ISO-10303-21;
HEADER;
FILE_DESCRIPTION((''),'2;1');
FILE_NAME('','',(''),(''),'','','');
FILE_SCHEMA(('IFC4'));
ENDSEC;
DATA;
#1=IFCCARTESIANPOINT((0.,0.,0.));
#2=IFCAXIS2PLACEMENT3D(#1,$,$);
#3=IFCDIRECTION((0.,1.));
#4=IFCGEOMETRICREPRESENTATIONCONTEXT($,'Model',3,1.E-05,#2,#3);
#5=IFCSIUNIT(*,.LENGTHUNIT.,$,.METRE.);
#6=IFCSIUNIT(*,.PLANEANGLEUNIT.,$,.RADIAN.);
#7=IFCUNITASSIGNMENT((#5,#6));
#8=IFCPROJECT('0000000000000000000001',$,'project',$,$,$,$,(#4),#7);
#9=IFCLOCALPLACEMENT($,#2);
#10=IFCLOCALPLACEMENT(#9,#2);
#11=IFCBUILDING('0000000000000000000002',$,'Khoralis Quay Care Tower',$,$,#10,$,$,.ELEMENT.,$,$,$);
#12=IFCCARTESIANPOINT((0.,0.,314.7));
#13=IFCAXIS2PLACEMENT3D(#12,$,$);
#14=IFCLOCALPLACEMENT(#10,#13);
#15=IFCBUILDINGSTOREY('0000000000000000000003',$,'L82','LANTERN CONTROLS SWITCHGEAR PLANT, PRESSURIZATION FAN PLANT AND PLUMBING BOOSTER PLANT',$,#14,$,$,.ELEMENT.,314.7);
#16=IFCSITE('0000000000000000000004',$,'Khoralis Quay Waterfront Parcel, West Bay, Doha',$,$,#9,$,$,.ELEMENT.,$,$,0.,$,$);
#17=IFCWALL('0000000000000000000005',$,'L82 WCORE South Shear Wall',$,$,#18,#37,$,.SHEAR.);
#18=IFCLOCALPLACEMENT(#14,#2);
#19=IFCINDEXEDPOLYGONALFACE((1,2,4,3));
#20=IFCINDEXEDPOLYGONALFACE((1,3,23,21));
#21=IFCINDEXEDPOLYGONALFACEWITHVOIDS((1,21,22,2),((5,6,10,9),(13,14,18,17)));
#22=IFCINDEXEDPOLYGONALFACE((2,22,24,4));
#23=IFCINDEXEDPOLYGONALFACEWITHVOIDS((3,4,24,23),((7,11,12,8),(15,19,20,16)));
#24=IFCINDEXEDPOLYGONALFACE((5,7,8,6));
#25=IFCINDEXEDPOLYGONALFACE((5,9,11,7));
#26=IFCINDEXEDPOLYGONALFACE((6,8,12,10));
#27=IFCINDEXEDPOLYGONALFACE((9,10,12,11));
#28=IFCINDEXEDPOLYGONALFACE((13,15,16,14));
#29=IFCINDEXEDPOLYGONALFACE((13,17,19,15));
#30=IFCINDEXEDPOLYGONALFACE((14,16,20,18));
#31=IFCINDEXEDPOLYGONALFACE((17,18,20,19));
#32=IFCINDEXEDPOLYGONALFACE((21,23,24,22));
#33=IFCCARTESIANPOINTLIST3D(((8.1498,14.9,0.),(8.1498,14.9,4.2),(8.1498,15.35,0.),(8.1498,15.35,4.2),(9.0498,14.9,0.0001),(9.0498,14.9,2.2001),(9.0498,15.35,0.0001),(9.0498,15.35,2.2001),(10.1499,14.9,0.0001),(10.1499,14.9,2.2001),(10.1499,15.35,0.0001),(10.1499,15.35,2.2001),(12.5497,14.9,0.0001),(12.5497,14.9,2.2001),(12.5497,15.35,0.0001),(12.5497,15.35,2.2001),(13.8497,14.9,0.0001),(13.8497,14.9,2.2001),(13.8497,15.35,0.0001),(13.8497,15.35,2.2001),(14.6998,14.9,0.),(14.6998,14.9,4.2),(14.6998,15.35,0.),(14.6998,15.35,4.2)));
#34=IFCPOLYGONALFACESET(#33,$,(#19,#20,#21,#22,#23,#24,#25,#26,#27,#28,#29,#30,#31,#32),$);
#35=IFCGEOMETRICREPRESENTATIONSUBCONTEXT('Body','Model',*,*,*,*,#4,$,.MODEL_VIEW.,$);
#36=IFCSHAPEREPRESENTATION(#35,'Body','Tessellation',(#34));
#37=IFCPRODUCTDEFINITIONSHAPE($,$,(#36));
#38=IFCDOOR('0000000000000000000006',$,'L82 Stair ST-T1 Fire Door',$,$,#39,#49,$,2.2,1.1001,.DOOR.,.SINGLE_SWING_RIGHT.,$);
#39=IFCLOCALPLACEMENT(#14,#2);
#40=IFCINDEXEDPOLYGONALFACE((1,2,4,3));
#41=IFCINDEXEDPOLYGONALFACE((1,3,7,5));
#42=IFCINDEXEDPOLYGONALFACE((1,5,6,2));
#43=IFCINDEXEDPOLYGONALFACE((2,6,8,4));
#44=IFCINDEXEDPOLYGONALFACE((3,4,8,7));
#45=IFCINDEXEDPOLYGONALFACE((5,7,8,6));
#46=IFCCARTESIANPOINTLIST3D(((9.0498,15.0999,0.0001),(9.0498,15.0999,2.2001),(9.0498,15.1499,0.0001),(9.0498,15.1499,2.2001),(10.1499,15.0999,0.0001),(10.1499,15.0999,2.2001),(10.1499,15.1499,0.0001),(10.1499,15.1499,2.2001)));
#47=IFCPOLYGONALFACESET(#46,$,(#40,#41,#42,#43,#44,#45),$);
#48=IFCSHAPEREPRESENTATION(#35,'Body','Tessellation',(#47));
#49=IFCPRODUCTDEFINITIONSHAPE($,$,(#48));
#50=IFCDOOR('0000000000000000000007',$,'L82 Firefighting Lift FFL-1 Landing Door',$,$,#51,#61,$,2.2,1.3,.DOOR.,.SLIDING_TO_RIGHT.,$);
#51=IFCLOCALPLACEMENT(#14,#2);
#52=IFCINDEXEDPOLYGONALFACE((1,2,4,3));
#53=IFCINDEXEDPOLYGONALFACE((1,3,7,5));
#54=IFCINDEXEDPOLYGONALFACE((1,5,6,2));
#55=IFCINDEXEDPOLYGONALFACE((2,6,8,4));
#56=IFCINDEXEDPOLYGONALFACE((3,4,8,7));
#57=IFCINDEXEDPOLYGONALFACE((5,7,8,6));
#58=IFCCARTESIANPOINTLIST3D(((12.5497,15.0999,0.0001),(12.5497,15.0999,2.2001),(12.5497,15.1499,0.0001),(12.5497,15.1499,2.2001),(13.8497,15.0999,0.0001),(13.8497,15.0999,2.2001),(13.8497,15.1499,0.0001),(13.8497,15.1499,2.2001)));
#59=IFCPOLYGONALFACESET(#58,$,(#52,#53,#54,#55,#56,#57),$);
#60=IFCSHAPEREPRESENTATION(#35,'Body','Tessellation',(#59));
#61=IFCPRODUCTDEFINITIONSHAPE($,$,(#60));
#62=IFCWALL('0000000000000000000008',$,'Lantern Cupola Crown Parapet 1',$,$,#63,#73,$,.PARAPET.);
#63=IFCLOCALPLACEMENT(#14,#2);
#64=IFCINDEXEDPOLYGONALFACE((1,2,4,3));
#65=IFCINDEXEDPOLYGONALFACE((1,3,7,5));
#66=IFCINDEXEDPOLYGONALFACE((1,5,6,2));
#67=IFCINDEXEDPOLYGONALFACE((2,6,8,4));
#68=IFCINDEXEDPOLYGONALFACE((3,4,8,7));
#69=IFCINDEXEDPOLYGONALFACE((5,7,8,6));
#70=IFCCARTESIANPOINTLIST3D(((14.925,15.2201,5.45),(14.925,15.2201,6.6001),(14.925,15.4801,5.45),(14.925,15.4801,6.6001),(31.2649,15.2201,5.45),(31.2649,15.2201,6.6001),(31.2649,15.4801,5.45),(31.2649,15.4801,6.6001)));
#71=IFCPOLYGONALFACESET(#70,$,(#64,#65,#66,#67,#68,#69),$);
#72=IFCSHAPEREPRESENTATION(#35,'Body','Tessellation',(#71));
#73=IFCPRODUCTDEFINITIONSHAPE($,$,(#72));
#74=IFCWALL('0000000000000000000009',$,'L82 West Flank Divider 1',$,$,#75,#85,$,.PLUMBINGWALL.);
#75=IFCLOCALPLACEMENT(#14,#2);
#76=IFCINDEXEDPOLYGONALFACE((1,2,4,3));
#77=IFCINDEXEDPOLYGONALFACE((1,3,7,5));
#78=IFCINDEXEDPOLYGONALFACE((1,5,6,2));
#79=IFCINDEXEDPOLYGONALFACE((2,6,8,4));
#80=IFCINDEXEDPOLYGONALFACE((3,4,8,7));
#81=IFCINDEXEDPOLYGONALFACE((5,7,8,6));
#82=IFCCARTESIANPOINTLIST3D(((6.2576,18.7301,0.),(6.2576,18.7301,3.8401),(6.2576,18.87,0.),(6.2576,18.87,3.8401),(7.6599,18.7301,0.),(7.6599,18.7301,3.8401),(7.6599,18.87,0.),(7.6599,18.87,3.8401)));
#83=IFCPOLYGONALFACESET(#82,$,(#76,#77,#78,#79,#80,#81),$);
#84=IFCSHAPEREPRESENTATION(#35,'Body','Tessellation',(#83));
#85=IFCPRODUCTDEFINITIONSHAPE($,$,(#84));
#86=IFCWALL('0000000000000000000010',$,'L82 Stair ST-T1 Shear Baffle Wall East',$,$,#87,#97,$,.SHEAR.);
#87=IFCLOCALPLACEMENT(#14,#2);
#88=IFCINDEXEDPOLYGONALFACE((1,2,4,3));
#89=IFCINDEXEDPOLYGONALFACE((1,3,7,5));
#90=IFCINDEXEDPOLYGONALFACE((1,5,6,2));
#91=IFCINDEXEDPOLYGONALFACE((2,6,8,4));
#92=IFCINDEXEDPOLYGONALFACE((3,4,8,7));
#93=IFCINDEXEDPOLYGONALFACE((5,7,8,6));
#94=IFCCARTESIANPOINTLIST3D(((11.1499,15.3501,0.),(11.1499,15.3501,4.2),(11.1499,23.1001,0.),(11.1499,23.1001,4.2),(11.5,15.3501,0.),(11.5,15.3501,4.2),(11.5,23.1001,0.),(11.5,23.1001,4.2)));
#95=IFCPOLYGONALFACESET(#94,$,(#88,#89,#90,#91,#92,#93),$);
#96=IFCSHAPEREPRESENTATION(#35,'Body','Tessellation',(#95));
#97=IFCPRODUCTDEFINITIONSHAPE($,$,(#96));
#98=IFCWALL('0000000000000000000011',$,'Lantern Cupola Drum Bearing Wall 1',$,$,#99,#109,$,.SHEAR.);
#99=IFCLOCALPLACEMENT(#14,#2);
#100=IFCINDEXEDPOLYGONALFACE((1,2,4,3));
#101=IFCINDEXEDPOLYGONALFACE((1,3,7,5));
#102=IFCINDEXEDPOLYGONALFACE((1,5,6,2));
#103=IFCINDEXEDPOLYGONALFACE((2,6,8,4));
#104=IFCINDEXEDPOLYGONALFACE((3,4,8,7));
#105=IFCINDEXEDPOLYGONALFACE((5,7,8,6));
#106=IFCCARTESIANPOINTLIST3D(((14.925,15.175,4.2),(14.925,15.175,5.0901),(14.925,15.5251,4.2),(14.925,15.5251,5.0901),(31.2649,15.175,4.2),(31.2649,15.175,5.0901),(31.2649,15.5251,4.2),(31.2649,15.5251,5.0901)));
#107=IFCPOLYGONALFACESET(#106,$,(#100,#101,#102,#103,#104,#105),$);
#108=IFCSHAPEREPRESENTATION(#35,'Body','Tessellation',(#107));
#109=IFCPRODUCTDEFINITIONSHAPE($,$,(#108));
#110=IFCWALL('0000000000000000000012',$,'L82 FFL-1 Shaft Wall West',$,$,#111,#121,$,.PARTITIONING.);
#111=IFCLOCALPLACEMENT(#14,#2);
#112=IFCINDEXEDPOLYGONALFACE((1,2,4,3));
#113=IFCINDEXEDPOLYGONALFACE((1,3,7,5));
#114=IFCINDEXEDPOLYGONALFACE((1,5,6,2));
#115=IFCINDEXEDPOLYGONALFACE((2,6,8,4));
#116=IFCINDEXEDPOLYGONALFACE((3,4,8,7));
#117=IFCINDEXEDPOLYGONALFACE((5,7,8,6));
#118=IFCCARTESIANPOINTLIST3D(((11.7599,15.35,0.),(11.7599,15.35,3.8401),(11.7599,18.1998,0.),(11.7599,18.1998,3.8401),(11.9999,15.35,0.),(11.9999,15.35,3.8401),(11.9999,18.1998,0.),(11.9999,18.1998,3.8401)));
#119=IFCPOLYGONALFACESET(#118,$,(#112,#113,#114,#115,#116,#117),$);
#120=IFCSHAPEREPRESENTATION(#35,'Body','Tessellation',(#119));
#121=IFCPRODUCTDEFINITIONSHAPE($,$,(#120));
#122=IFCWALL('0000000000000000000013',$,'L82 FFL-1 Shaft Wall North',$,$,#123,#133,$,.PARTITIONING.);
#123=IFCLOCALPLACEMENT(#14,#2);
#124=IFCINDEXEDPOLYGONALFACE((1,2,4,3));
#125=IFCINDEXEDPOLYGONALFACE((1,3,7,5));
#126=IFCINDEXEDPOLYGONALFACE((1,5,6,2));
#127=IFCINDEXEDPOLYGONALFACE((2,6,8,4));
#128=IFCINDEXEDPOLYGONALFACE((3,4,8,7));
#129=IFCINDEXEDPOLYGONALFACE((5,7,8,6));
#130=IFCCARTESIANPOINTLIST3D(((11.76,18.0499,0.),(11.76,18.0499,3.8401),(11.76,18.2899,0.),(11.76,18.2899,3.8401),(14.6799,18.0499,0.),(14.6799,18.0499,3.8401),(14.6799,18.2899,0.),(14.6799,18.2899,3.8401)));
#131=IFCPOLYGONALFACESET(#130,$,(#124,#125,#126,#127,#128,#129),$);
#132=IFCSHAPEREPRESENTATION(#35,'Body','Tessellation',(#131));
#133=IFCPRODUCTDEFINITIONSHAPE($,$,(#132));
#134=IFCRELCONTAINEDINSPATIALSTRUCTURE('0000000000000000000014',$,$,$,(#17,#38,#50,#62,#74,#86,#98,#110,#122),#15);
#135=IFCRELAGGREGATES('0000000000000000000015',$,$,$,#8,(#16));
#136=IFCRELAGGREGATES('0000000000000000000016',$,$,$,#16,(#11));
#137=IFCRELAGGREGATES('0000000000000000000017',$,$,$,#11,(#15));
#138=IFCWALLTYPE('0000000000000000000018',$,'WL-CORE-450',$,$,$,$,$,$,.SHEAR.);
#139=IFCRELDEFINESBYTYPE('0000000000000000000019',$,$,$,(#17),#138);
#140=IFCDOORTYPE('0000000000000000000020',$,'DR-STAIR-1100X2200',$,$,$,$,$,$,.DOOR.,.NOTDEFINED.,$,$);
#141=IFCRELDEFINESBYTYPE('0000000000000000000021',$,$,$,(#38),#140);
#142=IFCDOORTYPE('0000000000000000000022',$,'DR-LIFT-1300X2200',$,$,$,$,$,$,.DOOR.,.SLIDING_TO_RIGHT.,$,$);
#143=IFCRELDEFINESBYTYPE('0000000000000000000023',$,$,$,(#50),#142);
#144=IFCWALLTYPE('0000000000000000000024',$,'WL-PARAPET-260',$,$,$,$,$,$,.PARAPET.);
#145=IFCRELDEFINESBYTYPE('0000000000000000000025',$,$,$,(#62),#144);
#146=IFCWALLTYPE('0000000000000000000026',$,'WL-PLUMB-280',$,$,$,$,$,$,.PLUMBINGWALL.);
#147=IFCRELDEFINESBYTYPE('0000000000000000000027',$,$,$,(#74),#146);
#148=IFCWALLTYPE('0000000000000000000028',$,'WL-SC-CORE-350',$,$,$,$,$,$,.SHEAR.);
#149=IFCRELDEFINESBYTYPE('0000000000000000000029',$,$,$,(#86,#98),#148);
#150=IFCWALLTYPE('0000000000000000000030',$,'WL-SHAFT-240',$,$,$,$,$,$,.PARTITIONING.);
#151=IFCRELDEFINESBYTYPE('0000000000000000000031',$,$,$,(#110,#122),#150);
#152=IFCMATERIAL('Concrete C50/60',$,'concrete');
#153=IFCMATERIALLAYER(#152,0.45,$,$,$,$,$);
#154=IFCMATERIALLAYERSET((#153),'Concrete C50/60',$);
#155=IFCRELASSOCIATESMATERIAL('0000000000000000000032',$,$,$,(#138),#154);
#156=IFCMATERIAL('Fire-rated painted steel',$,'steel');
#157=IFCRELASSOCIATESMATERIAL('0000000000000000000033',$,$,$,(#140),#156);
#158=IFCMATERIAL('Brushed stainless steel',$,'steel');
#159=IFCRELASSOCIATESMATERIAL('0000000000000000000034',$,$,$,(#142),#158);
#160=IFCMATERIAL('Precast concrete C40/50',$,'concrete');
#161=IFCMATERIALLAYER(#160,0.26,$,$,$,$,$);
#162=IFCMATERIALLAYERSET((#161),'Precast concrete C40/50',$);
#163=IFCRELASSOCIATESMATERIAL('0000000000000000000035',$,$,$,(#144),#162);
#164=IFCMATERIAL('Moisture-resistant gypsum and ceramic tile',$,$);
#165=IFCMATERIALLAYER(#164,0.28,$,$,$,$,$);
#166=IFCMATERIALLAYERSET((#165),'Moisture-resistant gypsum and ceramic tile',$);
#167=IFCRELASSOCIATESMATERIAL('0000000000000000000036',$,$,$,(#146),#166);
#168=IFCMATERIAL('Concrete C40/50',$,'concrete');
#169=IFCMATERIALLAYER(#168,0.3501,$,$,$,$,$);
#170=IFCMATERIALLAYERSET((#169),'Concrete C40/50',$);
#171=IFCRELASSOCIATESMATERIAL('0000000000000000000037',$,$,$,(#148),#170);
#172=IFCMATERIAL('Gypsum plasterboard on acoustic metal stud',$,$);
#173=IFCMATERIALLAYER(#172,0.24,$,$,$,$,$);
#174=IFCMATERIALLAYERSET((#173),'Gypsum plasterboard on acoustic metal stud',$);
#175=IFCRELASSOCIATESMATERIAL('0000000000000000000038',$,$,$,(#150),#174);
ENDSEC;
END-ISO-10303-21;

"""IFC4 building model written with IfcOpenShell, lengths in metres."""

from ifc_helpers import new_model, si_unit, direction, frame, frame_2d, origin, place, context, subcontext, project, spatial, rectangle, extrude, source, transform, mapped, material, layer, layer_set, type_object, element, fill, save


model = new_model("IFC4")

# Units and contexts
model_context = context("Model", 3, precision=1e-05, world=origin(), true_north=direction((0.0, 1.0)))
body_context = subcontext(model_context, "Body", "Model", "MODEL_VIEW")
ifc_project = project(units=[si_unit("LENGTHUNIT", "METRE"), si_unit("PLANEANGLEUNIT", "RADIAN")], contexts=[model_context])

# Site, building, storey
site_placement = place(None, origin())
site = spatial("IfcSite", under=ifc_project, at=site_placement, Name="Khoralis Quay Waterfront Parcel, West Bay, Doha", CompositionType="ELEMENT", RefElevation=0.0)
building_placement = place(site_placement, origin())
building = spatial("IfcBuilding", under=site, at=building_placement, Name="Khoralis Quay Care Tower", CompositionType="ELEMENT")
storey_placement = place(building_placement, frame((0.0, 0.0, 314.7)))
storey = spatial("IfcBuildingStorey", under=building, at=storey_placement, Name="L82", Description="LANTERN CONTROLS SWITCHGEAR PLANT, PRESSURIZATION FAN PLANT AND PLUMBING BOOSTER PLANT", CompositionType="ELEMENT", Elevation=314.7)

# Shared definitions
ifc_material_1 = material(Name="Gypsum plasterboard on acoustic metal stud")
ifc_material_2 = material(Name="Fire-rated painted steel", Category="steel")

# Shared definitions
ifc_material_3 = material(Name="Concrete C50/60", Category="concrete")
ifc_layer_1 = layer(ifc_material_3, 0.45)
ifc_layer_set_1 = layer_set([ifc_layer_1], Name="Concrete C50/60")
wall_type_1 = type_object("IfcWallType", Name="WL-CORE-450", PredefinedType="SHEAR", material=ifc_layer_set_1)

# Shared definitions
door_type_1 = type_object("IfcDoorType", Name="DR-STAIR-1100X2200", OperationType="NOTDEFINED", PredefinedType="DOOR", material=ifc_material_2)
shared_shape_1 = source(origin(), body_context, "Body", "SweptSolid", [
    extrude(rectangle(XDim=1.1001, YDim=2.2, at=frame_2d((0.55, 1.1001))), frame((0.0, 0.0249, 0.0), z_axis=(0.0, -1.0, 0.0), x_axis=(1.0, 0.0, 0.0)), (0.0, 0.0, 1.0), 0.05),
])

# Wall, openings, doors
wall_1_placement = place(storey_placement, frame((8.1499, 15.125, 0.0), z_axis=(0.0, 0.0, 1.0), x_axis=(1.0, 0.0, 0.0)))
wall_1 = element("IfcWall", 1, at=wall_1_placement, inside=storey, type_object=wall_type_1, Name="L82 WCORE South Shear Wall", PredefinedType="SHEAR", context=body_context, shape_type="SweptSolid", body=[
    extrude(rectangle(XDim=6.55, YDim=0.45, at=frame_2d((3.2749, 0.0))), origin(), (0.0, 0.0, 1.0), 4.2),
])
opening_1_placement = place(wall_1_placement, frame((0.8999, 0.0, 0.0)))
opening_1 = element("IfcOpeningElement", 2, at=opening_1_placement, cuts=wall_1, PredefinedType="OPENING", context=body_context, shape_type="SweptSolid", body=[
    extrude(rectangle(XDim=1.1001, YDim=2.2, at=frame_2d((0.55, 1.1001))), frame((0.0, 0.2349, 0.0), z_axis=(0.0, -1.0, 0.0), x_axis=(1.0, 0.0, 0.0)), (0.0, 0.0, 1.0), 0.47),
])
opening_2_placement = place(wall_1_placement, frame((4.3999, 0.0, 0.0)))
opening_2 = element("IfcOpeningElement", 3, at=opening_2_placement, cuts=wall_1, PredefinedType="OPENING", context=body_context, shape_type="SweptSolid", body=[
    extrude(rectangle(XDim=1.3, YDim=2.2, at=frame_2d((0.6499, 1.1001))), frame((0.0, 0.2349, 0.0), z_axis=(0.0, -1.0, 0.0), x_axis=(1.0, 0.0, 0.0)), (0.0, 0.0, 1.0), 0.47),
])
door_1_placement = place(opening_1_placement, origin())
door_1 = element("IfcDoor", 4, at=door_1_placement, inside=storey, type_object=door_type_1, Name="L82 Stair ST-T1 Fire Door", OperationType="SINGLE_SWING_RIGHT", OverallHeight=2.2, OverallWidth=1.1001, PredefinedType="DOOR", context=body_context, shape_type="MappedRepresentation", body=[
    mapped(shared_shape_1, transform((0.0, 0.0, 0.0), scale=1.0)),
])
fill(opening_1, door_1)
ifc_material_4 = material(Name="Brushed stainless steel", Category="steel")
door_type_2 = type_object("IfcDoorType", Name="DR-LIFT-1300X2200", OperationType="SLIDING_TO_RIGHT", PredefinedType="DOOR", material=ifc_material_4)
shared_shape_2 = source(origin(), body_context, "Body", "SweptSolid", [
    extrude(rectangle(XDim=1.3, YDim=2.2, at=frame_2d((0.6499, 1.1001))), frame((0.0, 0.0249, 0.0), z_axis=(0.0, -1.0, 0.0), x_axis=(1.0, 0.0, 0.0)), (0.0, 0.0, 1.0), 0.05),
])
door_2_placement = place(opening_2_placement, origin())
door_2 = element("IfcDoor", 5, at=door_2_placement, inside=storey, type_object=door_type_2, Name="L82 Firefighting Lift FFL-1 Landing Door", OperationType="SLIDING_TO_RIGHT", OverallHeight=2.2, OverallWidth=1.3, PredefinedType="DOOR", context=body_context, shape_type="MappedRepresentation", body=[
    mapped(shared_shape_2, transform((0.0, 0.0, 0.0), scale=1.0)),
])
fill(opening_2, door_2)

# Walls
ifc_material_5 = material(Name="Precast concrete C40/50", Category="concrete")
ifc_layer_2 = layer(ifc_material_5, 0.26)
ifc_layer_set_2 = layer_set([ifc_layer_2], Name="Precast concrete C40/50")
wall_type_2 = type_object("IfcWallType", Name="WL-PARAPET-260", PredefinedType="PARAPET", material=ifc_layer_set_2)
wall_2_placement = place(storey_placement, frame((14.925, 15.3501, 5.45), z_axis=(0.0, 0.0, 1.0), x_axis=(1.0, 0.0, 0.0)))
element("IfcWall", 6, at=wall_2_placement, inside=storey, type_object=wall_type_2, Name="Lantern Cupola Crown Parapet 1", PredefinedType="PARAPET", context=body_context, shape_type="SweptSolid", body=[
    extrude(rectangle(XDim=16.3398, YDim=0.26, at=frame_2d((8.1699, 0.0))), origin(), (0.0, 0.0, 1.0), 1.1501),
])
ifc_material_6 = material(Name="Moisture-resistant gypsum and ceramic tile")
ifc_layer_3 = layer(ifc_material_6, 0.28)
ifc_layer_set_3 = layer_set([ifc_layer_3], Name="Moisture-resistant gypsum and ceramic tile")
wall_type_3 = type_object("IfcWallType", Name="WL-PLUMB-280", PredefinedType="PLUMBINGWALL", material=ifc_layer_set_3)
wall_3_placement = place(storey_placement, frame((6.2576, 18.8, 0.0), z_axis=(0.0, 0.0, 1.0), x_axis=(1.0, 0.0, 0.0)))
element("IfcWall", 7, at=wall_3_placement, inside=storey, type_object=wall_type_3, Name="L82 West Flank Divider 1", PredefinedType="PLUMBINGWALL", context=body_context, shape_type="SweptSolid", body=[
    extrude(rectangle(XDim=1.4023, YDim=0.1399, at=frame_2d((0.7012, 0.0))), origin(), (0.0, 0.0, 1.0), 3.8401),
])
ifc_material_7 = material(Name="Concrete C40/50", Category="concrete")
ifc_layer_4 = layer(ifc_material_7, 0.3501)
ifc_layer_set_4 = layer_set([ifc_layer_4], Name="Concrete C40/50")
wall_type_4 = type_object("IfcWallType", Name="WL-SC-CORE-350", PredefinedType="SHEAR", material=ifc_layer_set_4)
wall_4_placement = place(storey_placement, frame((11.325, 15.3501, 0.0), z_axis=(0.0, 0.0, 1.0), x_axis=(0.0, 1.0, 0.0)))
element("IfcWall", 8, at=wall_4_placement, inside=storey, type_object=wall_type_4, Name="L82 Stair ST-T1 Shear Baffle Wall East", PredefinedType="SHEAR", context=body_context, shape_type="SweptSolid", body=[
    extrude(rectangle(XDim=7.75, YDim=0.3501, at=frame_2d((3.875, 0.0))), origin(), (0.0, 0.0, 1.0), 4.2),
])
wall_5_placement = place(storey_placement, frame((14.925, 15.3501, 4.2), z_axis=(0.0, 0.0, 1.0), x_axis=(1.0, 0.0, 0.0)))
element("IfcWall", 9, at=wall_5_placement, inside=storey, type_object=wall_type_4, Name="Lantern Cupola Drum Bearing Wall 1", PredefinedType="SHEAR", context=body_context, shape_type="SweptSolid", body=[
    extrude(rectangle(XDim=16.3398, YDim=0.3501, at=frame_2d((8.1699, 0.0))), origin(), (0.0, 0.0, 1.0), 0.8901),
])
ifc_layer_5 = layer(ifc_material_1, 0.24)
ifc_layer_set_5 = layer_set([ifc_layer_5], Name="Gypsum plasterboard on acoustic metal stud")
wall_type_5 = type_object("IfcWallType", Name="WL-SHAFT-240", PredefinedType="PARTITIONING", material=ifc_layer_set_5)
wall_6_placement = place(storey_placement, frame((11.8799, 15.3501, 0.0), z_axis=(0.0, 0.0, 1.0), x_axis=(0.0, 1.0, 0.0)))
element("IfcWall", 10, at=wall_6_placement, inside=storey, type_object=wall_type_5, Name="L82 FFL-1 Shaft Wall West", PredefinedType="PARTITIONING", context=body_context, shape_type="SweptSolid", body=[
    extrude(rectangle(XDim=2.8499, YDim=0.24, at=frame_2d((1.4248, 0.0))), origin(), (0.0, 0.0, 1.0), 3.8401),
])
wall_7_placement = place(storey_placement, frame((11.76, 18.1699, 0.0), z_axis=(0.0, 0.0, 1.0), x_axis=(1.0, 0.0, 0.0)))
element("IfcWall", 11, at=wall_7_placement, inside=storey, type_object=wall_type_5, Name="L82 FFL-1 Shaft Wall North", PredefinedType="PARTITIONING", context=body_context, shape_type="SweptSolid", body=[
    extrude(rectangle(XDim=2.9199, YDim=0.24, at=frame_2d((1.46, 0.0))), origin(), (0.0, 0.0, 1.0), 3.8401),
])

save(model, "model.ifc")
